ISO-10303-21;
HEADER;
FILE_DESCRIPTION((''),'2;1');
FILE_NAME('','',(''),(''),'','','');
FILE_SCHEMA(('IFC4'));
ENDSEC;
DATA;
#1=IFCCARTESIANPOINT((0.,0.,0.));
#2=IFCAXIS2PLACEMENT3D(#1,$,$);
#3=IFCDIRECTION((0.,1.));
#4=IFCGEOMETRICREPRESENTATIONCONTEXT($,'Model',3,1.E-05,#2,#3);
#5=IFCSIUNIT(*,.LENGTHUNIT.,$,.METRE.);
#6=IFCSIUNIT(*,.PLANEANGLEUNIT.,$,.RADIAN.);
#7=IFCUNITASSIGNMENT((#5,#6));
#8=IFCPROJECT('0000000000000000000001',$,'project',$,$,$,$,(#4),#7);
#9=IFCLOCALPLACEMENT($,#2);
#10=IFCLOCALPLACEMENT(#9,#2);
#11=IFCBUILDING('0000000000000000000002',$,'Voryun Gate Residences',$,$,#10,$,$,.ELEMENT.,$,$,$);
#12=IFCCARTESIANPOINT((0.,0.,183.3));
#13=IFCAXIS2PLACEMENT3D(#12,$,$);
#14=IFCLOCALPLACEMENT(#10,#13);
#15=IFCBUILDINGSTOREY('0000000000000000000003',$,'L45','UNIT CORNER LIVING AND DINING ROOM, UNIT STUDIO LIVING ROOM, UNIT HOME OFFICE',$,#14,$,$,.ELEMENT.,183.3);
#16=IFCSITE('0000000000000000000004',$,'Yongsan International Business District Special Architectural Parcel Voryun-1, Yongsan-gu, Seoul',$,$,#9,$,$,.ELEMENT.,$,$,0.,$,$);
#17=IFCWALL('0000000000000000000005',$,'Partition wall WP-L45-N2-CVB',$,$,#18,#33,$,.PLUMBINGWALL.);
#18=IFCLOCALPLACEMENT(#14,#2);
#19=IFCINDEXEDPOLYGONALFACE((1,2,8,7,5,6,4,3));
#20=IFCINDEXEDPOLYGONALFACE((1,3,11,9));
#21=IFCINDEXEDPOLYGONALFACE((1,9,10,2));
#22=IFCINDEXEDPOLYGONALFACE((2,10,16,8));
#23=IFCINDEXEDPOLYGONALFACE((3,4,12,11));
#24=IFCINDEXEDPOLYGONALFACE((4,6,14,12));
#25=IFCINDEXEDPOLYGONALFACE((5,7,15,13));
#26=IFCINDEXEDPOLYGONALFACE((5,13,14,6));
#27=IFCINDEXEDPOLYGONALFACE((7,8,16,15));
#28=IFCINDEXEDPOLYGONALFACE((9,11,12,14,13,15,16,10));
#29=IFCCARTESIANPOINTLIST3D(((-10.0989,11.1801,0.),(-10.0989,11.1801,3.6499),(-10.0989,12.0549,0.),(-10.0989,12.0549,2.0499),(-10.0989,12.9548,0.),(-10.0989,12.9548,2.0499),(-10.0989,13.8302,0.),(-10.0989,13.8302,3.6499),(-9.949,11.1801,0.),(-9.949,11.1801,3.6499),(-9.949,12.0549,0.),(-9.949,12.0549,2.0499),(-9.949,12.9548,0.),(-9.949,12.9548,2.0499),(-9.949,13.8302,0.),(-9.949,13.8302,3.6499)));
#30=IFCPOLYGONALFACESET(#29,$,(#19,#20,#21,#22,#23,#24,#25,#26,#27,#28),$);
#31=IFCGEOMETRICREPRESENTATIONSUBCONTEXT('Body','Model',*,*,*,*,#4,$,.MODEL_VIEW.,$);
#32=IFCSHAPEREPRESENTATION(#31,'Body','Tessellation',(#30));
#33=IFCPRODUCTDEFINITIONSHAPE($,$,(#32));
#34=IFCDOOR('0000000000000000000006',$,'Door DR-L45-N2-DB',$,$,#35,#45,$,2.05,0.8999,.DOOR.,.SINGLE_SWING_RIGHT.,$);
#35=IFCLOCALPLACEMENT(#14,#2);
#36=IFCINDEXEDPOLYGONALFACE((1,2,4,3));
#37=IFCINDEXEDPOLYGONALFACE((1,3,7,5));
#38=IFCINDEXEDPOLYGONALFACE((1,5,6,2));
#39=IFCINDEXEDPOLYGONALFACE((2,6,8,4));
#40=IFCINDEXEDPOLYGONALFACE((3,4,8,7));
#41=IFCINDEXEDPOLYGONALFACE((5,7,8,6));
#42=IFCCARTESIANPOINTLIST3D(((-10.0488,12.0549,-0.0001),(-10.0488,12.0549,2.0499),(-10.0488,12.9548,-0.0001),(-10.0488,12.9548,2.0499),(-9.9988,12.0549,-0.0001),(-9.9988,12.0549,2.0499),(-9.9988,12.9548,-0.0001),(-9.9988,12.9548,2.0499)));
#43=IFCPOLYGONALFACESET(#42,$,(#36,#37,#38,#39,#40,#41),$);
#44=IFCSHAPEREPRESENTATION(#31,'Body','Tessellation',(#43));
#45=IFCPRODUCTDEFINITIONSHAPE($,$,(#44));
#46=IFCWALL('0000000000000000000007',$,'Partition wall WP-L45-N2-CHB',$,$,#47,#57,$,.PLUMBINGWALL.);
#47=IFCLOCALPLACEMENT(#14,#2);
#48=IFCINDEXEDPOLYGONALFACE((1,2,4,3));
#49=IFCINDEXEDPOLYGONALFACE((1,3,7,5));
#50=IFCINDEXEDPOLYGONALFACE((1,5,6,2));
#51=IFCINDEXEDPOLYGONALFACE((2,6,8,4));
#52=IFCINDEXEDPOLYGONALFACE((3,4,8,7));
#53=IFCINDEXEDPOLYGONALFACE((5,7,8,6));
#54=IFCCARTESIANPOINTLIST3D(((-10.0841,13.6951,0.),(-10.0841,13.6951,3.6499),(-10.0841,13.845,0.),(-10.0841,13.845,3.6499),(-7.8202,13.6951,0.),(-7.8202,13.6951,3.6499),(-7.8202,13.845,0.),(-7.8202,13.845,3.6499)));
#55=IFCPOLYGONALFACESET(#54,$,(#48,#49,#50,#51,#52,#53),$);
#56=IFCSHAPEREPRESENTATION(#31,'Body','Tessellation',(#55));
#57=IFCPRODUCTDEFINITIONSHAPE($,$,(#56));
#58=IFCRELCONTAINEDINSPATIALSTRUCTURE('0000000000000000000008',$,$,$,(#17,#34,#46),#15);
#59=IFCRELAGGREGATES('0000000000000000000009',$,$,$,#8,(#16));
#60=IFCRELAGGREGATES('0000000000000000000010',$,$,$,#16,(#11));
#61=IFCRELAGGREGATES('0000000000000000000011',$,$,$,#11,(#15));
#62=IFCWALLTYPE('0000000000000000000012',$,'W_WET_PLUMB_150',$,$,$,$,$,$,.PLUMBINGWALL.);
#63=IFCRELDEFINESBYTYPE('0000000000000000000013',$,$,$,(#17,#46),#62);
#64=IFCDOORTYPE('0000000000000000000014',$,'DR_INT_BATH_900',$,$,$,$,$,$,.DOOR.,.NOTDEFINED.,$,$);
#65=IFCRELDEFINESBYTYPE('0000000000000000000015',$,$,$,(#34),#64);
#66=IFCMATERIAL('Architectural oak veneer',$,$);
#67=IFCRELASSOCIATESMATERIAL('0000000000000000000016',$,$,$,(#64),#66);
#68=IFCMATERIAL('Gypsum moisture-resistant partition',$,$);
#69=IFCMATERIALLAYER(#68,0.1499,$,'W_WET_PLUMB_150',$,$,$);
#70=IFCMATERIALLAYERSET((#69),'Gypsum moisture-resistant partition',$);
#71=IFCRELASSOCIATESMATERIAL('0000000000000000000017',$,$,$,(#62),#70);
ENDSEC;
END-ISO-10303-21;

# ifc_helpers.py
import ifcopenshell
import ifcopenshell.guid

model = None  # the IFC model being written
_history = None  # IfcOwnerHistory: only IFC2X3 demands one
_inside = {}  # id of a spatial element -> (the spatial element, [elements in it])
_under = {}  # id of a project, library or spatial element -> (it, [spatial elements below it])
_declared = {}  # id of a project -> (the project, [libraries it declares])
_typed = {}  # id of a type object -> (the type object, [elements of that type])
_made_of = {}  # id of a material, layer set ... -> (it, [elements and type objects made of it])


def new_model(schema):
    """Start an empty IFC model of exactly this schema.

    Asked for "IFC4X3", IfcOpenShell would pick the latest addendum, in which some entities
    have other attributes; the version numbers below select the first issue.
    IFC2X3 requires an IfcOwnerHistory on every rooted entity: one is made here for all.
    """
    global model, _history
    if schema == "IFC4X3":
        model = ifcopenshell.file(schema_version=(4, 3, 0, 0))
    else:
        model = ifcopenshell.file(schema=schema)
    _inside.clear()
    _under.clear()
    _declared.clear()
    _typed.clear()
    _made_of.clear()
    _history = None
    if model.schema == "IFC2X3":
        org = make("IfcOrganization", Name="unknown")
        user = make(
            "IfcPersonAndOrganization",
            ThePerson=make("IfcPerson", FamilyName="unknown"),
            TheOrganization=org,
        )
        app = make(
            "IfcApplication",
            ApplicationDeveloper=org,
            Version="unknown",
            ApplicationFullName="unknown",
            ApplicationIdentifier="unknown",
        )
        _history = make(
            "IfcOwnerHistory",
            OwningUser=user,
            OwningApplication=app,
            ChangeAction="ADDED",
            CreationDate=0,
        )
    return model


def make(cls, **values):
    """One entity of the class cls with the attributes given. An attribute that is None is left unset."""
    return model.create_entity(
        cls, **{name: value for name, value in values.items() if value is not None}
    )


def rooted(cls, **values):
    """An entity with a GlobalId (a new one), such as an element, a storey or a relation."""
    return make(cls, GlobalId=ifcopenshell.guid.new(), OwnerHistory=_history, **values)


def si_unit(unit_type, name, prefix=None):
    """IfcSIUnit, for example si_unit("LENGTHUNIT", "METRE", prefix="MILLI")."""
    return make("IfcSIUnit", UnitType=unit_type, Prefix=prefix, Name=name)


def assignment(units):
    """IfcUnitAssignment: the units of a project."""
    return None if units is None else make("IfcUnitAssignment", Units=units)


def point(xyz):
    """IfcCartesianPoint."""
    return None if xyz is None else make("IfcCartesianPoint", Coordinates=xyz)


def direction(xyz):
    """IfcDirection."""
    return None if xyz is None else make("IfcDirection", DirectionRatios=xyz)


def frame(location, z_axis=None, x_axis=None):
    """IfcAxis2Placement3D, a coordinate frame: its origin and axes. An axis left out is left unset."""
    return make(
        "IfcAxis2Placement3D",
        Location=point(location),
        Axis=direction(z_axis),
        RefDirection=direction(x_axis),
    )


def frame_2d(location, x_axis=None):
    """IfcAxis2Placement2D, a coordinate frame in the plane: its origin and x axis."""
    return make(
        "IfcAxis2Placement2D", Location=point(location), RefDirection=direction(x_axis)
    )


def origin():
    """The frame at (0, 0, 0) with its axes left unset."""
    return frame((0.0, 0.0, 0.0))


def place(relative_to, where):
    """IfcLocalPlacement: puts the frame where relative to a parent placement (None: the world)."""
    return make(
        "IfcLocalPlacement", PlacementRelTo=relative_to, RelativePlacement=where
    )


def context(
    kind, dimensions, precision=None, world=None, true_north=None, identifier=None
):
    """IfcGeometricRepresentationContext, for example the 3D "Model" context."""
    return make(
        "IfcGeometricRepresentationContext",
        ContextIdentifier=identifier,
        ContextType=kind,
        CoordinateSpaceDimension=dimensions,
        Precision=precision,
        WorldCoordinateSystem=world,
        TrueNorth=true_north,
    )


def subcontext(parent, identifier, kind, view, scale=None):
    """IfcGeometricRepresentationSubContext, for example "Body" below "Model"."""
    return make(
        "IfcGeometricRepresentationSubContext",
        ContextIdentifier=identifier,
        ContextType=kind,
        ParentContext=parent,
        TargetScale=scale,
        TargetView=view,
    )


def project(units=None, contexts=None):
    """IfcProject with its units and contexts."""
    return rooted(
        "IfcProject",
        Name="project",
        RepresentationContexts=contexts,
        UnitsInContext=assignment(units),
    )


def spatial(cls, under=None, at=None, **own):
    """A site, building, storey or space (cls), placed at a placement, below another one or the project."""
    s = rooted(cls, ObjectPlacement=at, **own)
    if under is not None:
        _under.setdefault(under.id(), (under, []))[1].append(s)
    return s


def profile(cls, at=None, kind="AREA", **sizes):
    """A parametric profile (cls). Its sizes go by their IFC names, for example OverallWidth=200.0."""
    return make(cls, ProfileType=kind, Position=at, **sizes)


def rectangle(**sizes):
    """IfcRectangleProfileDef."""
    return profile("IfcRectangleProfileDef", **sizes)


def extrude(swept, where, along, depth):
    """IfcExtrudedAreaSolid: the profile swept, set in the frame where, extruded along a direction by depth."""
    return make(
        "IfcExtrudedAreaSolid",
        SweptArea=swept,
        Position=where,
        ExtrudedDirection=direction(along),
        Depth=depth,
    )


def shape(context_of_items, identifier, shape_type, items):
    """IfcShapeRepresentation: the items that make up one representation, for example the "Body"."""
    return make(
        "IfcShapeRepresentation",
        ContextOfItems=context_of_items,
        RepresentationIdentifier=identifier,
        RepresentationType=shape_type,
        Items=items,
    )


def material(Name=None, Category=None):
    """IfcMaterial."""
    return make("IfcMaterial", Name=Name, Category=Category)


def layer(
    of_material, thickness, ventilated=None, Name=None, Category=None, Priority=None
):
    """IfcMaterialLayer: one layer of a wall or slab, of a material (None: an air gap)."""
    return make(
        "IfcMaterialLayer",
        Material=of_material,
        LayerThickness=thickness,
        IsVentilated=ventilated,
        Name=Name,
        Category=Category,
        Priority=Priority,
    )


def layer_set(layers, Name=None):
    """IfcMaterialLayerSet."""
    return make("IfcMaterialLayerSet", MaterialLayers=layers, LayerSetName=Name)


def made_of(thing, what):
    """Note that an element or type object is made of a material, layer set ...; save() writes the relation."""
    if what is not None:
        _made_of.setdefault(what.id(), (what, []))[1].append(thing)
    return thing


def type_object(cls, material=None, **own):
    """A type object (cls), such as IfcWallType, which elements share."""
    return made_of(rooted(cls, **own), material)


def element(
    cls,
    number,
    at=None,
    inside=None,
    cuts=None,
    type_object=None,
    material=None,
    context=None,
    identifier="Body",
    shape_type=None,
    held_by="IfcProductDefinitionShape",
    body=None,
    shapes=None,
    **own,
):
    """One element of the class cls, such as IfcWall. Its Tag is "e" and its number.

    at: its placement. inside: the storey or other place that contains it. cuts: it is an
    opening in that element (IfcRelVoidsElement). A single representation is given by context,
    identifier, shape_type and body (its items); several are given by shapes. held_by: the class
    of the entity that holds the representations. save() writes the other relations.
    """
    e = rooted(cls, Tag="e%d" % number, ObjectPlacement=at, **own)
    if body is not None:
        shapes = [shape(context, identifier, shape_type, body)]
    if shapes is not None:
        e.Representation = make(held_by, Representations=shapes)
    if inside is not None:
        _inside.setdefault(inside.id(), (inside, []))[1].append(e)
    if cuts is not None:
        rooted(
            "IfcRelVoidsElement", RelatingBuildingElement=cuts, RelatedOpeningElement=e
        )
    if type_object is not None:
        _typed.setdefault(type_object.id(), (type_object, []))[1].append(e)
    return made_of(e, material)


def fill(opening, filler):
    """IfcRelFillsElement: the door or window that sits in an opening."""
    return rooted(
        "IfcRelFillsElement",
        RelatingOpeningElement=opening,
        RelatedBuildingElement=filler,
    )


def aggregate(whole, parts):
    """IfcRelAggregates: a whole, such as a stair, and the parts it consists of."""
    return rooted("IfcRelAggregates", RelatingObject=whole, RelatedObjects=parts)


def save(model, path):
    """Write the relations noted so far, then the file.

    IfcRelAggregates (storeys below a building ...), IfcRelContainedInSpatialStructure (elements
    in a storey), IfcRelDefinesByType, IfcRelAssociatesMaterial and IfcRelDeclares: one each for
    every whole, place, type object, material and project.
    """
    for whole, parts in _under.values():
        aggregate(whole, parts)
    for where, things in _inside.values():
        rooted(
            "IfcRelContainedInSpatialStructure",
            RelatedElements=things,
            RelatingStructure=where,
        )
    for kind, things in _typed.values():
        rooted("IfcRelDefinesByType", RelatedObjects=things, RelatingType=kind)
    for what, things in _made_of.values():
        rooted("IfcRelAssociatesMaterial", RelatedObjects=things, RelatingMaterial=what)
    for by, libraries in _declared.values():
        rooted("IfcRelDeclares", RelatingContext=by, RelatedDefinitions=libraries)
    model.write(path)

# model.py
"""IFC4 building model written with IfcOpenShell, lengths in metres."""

from ifc_helpers import new_model, si_unit, direction, frame, frame_2d, origin, place, context, subcontext, project, spatial, rectangle, extrude, material, layer, layer_set, type_object, element, fill, save


model = new_model("IFC4")

# Units and contexts
model_context = context("Model", 3, precision=1e-05, world=origin(), true_north=direction((0.0, 1.0)))
body_context = subcontext(model_context, "Body", "Model", "MODEL_VIEW")
ifc_project = project(units=[si_unit("LENGTHUNIT", "METRE"), si_unit("PLANEANGLEUNIT", "RADIAN")], contexts=[model_context])

# Site, building, storey
site_placement = place(None, origin())
site = spatial("IfcSite", under=ifc_project, at=site_placement, Name="Yongsan International Business District Special Architectural Parcel Voryun-1, Yongsan-gu, Seoul", CompositionType="ELEMENT", RefElevation=0.0)
building_placement = place(site_placement, origin())
building = spatial("IfcBuilding", under=site, at=building_placement, Name="Voryun Gate Residences", CompositionType="ELEMENT")
storey_placement = place(building_placement, frame((0.0, 0.0, 183.3)))
storey = spatial("IfcBuildingStorey", under=building, at=storey_placement, Name="L45", Description="UNIT CORNER LIVING AND DINING ROOM, UNIT STUDIO LIVING ROOM, UNIT HOME OFFICE", CompositionType="ELEMENT", Elevation=183.3)

# Shared definitions
ifc_material_1 = material(Name="Architectural oak veneer")
door_type = type_object("IfcDoorType", Name="DR_INT_BATH_900", OperationType="NOTDEFINED", PredefinedType="DOOR", material=ifc_material_1)

# Wall, opening, door
ifc_material_2 = material(Name="Gypsum moisture-resistant partition")
ifc_layer_1 = layer(ifc_material_2, 0.1499, Name="W_WET_PLUMB_150")
ifc_layer_set_1 = layer_set([ifc_layer_1], Name="Gypsum moisture-resistant partition")
wall_type_1 = type_object("IfcWallType", Name="W_WET_PLUMB_150", PredefinedType="PLUMBINGWALL", material=ifc_layer_set_1)
wall_1_placement = place(storey_placement, frame((-10.0239, 11.1799, 0.0), z_axis=(0.0, 0.0, 1.0), x_axis=(0.0, 1.0, 0.0)))
wall_1 = element("IfcWall", 1, at=wall_1_placement, inside=storey, type_object=wall_type_1, Name="Partition wall WP-L45-N2-CVB", PredefinedType="PLUMBINGWALL", context=body_context, shape_type="SweptSolid", body=[
    extrude(rectangle(XDim=2.6501, YDim=0.1499, at=frame_2d((1.3252, 0.0))), origin(), (0.0, 0.0, 1.0), 3.6499),
])
opening_1_placement = place(wall_1_placement, frame((0.875, 0.0, 0.0)))
opening_1 = element("IfcOpeningElement", 2, at=opening_1_placement, cuts=wall_1, PredefinedType="OPENING", context=body_context, shape_type="SweptSolid", body=[
    extrude(rectangle(XDim=0.8999, YDim=2.05, at=frame_2d((0.45, 1.0249))), frame((0.0, 0.085, 0.0), z_axis=(0.0, -1.0, 0.0), x_axis=(1.0, 0.0, 0.0)), (0.0, 0.0, 1.0), 0.1699),
])
door_1_placement = place(opening_1_placement, origin())
door_1 = element("IfcDoor", 3, at=door_1_placement, inside=storey, type_object=door_type, Name="Door DR-L45-N2-DB", OperationType="SINGLE_SWING_RIGHT", OverallHeight=2.05, OverallWidth=0.8999, PredefinedType="DOOR", context=body_context, shape_type="SweptSolid", body=[
    extrude(rectangle(XDim=0.8999, YDim=2.05, at=frame_2d((0.45, 1.0249))), frame((0.0, 0.0249, 0.0), z_axis=(0.0, -1.0, 0.0), x_axis=(1.0, 0.0, 0.0)), (0.0, 0.0, 1.0), 0.05),
])
fill(opening_1, door_1)

# Wall
wall_2_placement = place(storey_placement, frame((-10.084, 13.77, 0.0), z_axis=(0.0, 0.0, 1.0), x_axis=(1.0, 0.0, 0.0)))
element("IfcWall", 4, at=wall_2_placement, inside=storey, type_object=wall_type_1, Name="Partition wall WP-L45-N2-CHB", PredefinedType="PLUMBINGWALL", context=body_context, shape_type="SweptSolid", body=[
    extrude(rectangle(XDim=2.2639, YDim=0.1499, at=frame_2d((1.1318, 0.0))), origin(), (0.0, 0.0, 1.0), 3.6499),
])

save(model, "model.ifc")
